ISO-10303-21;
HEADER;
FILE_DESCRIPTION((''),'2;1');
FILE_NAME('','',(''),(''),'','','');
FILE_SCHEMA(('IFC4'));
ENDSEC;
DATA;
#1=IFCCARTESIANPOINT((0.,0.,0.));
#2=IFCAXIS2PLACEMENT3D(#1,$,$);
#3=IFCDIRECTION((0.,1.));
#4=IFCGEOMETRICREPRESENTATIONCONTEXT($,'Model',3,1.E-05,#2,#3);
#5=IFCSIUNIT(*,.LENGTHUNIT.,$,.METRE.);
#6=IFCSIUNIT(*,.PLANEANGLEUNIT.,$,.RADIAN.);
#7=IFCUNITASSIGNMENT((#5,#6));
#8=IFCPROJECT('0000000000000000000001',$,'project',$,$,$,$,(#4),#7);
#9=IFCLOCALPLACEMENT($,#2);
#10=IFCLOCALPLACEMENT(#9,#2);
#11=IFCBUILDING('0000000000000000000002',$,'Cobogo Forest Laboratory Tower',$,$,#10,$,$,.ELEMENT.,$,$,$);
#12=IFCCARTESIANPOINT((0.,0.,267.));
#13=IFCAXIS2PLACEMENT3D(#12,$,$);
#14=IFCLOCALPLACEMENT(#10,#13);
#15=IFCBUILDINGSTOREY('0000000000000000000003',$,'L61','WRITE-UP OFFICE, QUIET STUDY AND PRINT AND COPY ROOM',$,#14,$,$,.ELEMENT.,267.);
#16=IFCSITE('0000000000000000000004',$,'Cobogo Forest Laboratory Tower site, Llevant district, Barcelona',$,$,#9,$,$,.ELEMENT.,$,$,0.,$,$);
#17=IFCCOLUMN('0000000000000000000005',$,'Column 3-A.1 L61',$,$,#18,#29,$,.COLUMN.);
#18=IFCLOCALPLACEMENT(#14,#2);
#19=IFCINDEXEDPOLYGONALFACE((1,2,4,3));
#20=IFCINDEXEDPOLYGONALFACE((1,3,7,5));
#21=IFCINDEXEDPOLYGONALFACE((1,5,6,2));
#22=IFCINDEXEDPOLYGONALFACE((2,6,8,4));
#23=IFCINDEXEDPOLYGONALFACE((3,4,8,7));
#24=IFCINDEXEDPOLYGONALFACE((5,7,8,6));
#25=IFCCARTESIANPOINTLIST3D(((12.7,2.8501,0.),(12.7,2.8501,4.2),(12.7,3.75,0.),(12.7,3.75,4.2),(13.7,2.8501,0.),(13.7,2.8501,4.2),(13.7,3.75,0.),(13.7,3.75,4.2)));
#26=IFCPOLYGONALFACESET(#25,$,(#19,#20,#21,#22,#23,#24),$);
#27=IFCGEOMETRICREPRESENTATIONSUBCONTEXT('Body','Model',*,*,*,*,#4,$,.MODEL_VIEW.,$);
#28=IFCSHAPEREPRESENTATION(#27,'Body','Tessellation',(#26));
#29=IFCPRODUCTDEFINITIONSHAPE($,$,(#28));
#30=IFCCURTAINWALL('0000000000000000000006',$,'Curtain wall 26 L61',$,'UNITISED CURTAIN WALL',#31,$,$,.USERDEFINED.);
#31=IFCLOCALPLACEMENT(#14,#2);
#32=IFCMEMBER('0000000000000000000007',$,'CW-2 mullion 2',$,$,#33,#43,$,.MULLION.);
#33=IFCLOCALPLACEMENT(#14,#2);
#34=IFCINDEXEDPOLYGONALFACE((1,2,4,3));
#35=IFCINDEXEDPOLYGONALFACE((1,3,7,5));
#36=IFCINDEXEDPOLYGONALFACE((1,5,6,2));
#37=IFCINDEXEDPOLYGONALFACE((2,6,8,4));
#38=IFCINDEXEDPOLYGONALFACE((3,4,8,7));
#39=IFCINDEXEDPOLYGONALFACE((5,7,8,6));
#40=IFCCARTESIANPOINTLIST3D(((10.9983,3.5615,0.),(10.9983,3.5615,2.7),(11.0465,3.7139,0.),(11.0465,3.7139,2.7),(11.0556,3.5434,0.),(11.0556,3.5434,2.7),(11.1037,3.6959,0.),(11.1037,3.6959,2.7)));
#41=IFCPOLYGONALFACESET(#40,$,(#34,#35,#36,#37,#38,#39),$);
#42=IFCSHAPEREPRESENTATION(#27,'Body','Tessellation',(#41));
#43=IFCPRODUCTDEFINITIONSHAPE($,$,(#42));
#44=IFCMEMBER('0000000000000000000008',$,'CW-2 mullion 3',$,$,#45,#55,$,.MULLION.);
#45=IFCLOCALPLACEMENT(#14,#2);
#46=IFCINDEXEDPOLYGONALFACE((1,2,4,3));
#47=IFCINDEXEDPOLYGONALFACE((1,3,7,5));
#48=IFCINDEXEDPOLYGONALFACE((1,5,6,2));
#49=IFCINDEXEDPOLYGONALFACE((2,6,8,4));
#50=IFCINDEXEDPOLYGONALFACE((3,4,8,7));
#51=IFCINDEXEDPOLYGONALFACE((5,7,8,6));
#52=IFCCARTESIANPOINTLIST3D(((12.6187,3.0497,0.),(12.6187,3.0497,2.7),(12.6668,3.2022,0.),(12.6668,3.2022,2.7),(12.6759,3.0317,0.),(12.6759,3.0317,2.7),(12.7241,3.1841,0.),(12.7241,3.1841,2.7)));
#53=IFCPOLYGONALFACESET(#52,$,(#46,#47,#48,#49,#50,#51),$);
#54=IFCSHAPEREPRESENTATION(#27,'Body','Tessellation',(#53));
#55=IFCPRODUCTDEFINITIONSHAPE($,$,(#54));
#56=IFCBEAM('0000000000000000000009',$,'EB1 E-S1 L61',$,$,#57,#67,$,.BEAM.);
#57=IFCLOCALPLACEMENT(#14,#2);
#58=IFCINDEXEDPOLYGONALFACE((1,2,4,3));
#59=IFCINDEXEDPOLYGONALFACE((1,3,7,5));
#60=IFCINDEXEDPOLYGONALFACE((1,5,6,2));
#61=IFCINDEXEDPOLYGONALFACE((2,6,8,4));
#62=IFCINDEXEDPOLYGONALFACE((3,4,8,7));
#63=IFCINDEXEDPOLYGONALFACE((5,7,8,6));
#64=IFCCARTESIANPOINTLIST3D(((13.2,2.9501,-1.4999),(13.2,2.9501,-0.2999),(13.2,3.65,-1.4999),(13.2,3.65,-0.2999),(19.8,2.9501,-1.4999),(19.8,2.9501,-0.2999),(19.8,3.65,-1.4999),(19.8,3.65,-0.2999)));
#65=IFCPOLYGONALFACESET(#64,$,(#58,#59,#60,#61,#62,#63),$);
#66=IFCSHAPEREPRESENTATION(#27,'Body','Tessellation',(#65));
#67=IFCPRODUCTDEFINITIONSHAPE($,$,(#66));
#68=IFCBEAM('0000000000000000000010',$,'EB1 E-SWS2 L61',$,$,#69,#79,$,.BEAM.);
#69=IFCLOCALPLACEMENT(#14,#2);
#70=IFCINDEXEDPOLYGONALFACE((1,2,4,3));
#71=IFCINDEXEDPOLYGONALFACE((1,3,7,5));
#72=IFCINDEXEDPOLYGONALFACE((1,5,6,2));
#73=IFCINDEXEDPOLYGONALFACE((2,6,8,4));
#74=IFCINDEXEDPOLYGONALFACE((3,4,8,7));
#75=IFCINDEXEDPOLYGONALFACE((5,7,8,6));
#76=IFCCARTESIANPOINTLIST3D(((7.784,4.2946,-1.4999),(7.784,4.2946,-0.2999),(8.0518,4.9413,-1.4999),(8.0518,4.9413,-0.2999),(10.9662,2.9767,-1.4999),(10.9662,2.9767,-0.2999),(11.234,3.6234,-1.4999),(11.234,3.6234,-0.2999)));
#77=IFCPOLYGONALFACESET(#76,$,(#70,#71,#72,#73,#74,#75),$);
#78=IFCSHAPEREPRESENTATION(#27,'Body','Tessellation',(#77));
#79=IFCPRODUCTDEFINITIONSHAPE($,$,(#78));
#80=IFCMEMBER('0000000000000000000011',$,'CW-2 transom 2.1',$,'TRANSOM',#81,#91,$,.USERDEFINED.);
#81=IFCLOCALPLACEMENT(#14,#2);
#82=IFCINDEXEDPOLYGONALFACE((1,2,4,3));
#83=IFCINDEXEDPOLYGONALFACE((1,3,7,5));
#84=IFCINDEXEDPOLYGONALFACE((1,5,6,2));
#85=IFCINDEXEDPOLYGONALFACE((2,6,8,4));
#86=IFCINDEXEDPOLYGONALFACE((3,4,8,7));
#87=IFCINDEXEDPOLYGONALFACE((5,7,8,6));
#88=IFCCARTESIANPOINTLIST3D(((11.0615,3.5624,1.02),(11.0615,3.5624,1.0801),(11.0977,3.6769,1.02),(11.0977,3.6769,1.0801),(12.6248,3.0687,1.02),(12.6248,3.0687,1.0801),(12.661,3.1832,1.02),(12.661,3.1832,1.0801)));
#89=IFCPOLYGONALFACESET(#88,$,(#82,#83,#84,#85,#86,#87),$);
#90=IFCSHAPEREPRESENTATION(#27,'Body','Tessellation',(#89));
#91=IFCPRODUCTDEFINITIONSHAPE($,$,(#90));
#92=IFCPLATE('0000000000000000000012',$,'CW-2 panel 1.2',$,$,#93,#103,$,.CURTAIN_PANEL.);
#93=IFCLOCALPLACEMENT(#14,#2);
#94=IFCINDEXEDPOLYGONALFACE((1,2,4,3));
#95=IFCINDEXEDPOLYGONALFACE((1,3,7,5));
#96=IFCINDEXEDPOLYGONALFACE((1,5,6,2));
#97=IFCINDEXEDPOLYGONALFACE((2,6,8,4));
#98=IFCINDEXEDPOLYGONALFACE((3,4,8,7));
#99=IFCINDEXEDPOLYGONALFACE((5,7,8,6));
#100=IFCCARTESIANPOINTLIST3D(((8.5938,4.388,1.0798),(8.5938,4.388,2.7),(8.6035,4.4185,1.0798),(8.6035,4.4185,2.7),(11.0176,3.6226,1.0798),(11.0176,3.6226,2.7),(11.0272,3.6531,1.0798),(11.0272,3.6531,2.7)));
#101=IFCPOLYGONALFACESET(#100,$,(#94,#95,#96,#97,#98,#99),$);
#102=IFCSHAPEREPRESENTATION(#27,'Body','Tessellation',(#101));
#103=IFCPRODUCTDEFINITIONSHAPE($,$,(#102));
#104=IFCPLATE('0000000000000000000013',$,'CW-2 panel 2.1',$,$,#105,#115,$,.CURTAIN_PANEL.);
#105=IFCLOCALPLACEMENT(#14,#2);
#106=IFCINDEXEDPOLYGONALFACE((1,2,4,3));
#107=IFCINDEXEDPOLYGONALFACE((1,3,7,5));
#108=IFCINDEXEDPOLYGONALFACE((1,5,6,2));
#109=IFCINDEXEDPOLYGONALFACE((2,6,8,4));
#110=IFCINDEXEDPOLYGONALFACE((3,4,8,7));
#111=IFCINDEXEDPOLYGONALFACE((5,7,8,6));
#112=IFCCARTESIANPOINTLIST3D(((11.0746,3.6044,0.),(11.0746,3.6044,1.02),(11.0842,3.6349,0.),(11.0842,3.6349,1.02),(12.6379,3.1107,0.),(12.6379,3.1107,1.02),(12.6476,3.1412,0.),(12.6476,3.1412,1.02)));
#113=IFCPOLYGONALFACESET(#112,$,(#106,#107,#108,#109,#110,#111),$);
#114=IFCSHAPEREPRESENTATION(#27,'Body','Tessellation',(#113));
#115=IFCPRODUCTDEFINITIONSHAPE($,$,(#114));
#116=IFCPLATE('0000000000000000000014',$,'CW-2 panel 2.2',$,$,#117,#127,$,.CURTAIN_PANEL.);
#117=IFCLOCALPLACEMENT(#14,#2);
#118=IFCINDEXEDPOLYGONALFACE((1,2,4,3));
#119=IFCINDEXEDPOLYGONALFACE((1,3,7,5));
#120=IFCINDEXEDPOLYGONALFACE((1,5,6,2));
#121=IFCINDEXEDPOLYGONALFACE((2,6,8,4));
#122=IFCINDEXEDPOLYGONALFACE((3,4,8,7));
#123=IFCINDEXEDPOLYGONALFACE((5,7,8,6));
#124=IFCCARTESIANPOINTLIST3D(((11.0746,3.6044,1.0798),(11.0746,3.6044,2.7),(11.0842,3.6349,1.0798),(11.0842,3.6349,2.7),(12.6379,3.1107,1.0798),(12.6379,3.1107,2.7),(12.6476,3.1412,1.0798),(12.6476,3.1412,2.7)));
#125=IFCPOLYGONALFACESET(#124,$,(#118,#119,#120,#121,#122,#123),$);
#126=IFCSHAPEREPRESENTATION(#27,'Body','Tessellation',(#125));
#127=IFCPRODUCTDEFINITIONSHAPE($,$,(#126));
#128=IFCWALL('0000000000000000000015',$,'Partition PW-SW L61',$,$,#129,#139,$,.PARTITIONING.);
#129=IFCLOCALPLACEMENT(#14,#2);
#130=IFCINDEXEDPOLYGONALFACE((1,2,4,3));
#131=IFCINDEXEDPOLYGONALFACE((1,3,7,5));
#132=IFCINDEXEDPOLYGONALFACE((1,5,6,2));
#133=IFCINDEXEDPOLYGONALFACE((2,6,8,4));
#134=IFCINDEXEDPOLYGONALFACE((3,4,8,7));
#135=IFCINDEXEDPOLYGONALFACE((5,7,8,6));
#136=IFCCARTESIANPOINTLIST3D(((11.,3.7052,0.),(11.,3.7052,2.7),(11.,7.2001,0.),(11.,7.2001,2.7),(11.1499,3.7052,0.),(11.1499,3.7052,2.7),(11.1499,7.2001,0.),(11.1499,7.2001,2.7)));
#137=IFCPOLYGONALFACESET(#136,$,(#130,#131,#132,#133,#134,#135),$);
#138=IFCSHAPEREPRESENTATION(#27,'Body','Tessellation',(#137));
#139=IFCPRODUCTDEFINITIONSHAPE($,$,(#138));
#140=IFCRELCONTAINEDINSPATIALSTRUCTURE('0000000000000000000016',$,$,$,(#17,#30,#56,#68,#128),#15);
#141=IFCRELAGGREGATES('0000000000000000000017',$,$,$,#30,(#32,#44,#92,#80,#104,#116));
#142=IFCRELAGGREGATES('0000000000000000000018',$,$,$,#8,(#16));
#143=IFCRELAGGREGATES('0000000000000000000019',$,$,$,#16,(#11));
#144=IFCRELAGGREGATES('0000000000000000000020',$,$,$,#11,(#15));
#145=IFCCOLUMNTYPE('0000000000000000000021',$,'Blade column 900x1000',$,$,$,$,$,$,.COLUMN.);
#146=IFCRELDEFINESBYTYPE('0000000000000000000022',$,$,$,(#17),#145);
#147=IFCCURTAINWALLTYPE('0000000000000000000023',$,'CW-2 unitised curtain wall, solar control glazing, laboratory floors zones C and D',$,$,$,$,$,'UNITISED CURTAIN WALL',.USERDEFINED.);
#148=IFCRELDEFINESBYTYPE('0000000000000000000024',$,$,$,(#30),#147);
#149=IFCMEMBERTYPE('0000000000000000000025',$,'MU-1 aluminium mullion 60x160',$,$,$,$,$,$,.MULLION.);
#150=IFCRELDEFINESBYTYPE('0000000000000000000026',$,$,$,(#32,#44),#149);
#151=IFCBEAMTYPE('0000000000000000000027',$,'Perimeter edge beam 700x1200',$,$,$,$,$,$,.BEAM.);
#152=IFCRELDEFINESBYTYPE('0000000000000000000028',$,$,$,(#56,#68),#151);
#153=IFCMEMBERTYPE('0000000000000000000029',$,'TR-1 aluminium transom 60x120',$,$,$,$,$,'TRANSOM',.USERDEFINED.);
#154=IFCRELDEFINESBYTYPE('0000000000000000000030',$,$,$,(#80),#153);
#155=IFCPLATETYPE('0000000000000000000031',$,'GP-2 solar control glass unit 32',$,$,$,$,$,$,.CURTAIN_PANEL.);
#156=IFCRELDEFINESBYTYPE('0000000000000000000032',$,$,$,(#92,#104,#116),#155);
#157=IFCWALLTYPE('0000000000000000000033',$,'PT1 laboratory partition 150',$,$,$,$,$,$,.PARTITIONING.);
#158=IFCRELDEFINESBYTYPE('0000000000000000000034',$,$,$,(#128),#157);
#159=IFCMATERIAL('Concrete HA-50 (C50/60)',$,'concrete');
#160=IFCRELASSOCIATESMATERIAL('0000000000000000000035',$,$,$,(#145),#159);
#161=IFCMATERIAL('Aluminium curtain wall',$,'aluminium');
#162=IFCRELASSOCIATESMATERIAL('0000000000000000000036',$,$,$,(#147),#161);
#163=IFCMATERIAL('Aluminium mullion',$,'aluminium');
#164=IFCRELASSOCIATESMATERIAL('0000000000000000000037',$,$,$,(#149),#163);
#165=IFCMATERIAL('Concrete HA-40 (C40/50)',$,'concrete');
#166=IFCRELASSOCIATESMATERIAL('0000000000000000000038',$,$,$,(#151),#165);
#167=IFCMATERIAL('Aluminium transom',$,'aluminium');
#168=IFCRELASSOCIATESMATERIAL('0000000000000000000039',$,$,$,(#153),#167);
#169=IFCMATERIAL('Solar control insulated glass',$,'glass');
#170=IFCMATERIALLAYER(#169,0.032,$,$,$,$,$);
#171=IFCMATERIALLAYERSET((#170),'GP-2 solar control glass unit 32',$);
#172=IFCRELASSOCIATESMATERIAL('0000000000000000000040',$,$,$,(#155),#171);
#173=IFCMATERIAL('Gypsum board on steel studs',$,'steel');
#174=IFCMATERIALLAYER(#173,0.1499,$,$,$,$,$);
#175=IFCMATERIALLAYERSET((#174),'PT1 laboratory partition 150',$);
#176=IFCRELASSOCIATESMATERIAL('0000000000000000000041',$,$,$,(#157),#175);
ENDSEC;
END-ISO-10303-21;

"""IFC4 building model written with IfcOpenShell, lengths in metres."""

from ifc_helpers import new_model, si_unit, direction, frame, frame_2d, origin, origin_2d, place, context, subcontext, project, spatial, rectangle, extrude, material, layer, layer_set, material_profile, profile_set, type_object, element, aggregate, save


model = new_model("IFC4")

# Units and contexts
model_context = context("Model", 3, precision=1e-05, world=origin(), true_north=direction((0.0, 1.0)))
body_context = subcontext(model_context, "Body", "Model", "MODEL_VIEW")
ifc_project = project(units=[si_unit("LENGTHUNIT", "METRE"), si_unit("PLANEANGLEUNIT", "RADIAN")], contexts=[model_context])

# Site, building, storey
site_placement = place(None, origin())
site = spatial("IfcSite", under=ifc_project, at=site_placement, Name="Cobogo Forest Laboratory Tower site, Llevant district, Barcelona", CompositionType="ELEMENT", RefElevation=0.0)
building_placement = place(site_placement, origin())
building = spatial("IfcBuilding", under=site, at=building_placement, Name="Cobogo Forest Laboratory Tower", CompositionType="ELEMENT")
storey_placement = place(building_placement, frame((0.0, 0.0, 267.0)))
storey = spatial("IfcBuildingStorey", under=building, at=storey_placement, Name="L61", Description="WRITE-UP OFFICE, QUIET STUDY AND PRINT AND COPY ROOM", CompositionType="ELEMENT", Elevation=267.0)

# Column
ifc_material_1 = material(Name="Concrete HA-50 (C50/60)", Category="concrete")
ifc_material_profile_1 = material_profile(ifc_material_1, rectangle(XDim=1.0, YDim=0.8999, at=origin_2d()), Name="RC 900x1000")
ifc_profile_set_1 = profile_set([ifc_material_profile_1], Name="Concrete HA-50 (C50/60)")
column_type = type_object("IfcColumnType", Name="Blade column 900x1000", PredefinedType="COLUMN", material=ifc_profile_set_1)
column_placement = place(storey_placement, frame((13.2, 3.3, 0.0), z_axis=(0.0, 0.0, 1.0), x_axis=(1.0, 0.0, 0.0)))
element("IfcColumn", 1, at=column_placement, inside=storey, type_object=column_type, Name="Column 3-A.1 L61", PredefinedType="COLUMN", context=body_context, shape_type="SweptSolid", body=[
    extrude(rectangle(XDim=1.0, YDim=0.8999, at=origin_2d()), origin(), (0.0, 0.0, 1.0), 4.2),
])

# Curtain wall, members
ifc_material_2 = material(Name="Aluminium curtain wall", Category="aluminium")
curtain_wall_type = type_object("IfcCurtainWallType", Name="CW-2 unitised curtain wall, solar control glazing, laboratory floors zones C and D", ElementType="UNITISED CURTAIN WALL", PredefinedType="USERDEFINED", material=ifc_material_2)
curtain_wall_placement = place(storey_placement, origin())
curtain_wall = element("IfcCurtainWall", 2, at=curtain_wall_placement, inside=storey, type_object=curtain_wall_type, Name="Curtain wall 26 L61", ObjectType="UNITISED CURTAIN WALL", PredefinedType="USERDEFINED")
ifc_material_3 = material(Name="Aluminium mullion", Category="aluminium")
ifc_material_profile_2 = material_profile(ifc_material_3, rectangle(XDim=0.0601, YDim=0.1599, at=origin_2d()), Name="AL 60x160")
ifc_profile_set_2 = profile_set([ifc_material_profile_2], Name="Aluminium mullion")
member_type_1 = type_object("IfcMemberType", Name="MU-1 aluminium mullion 60x160", PredefinedType="MULLION", material=ifc_profile_set_2)
member_1_placement = place(storey_placement, frame((11.051, 3.6287, 0.0), z_axis=(0.0, 0.0, 1.0), x_axis=(0.953581, -0.301135, 0.0)))
member_1 = element("IfcMember", 3, at=member_1_placement, type_object=member_type_1, Name="CW-2 mullion 2", PredefinedType="MULLION", context=body_context, shape_type="SweptSolid", body=[
    extrude(rectangle(XDim=0.0601, YDim=0.1599, at=origin_2d()), origin(), (0.0, 0.0, 1.0), 2.7),
])
member_2_placement = place(storey_placement, frame((12.6714, 3.1169, 0.0), z_axis=(0.0, 0.0, 1.0), x_axis=(0.953581, -0.301135, 0.0)))
member_2 = element("IfcMember", 4, at=member_2_placement, type_object=member_type_1, Name="CW-2 mullion 3", PredefinedType="MULLION", context=body_context, shape_type="SweptSolid", body=[
    extrude(rectangle(XDim=0.0601, YDim=0.1599, at=origin_2d()), origin(), (0.0, 0.0, 1.0), 2.7),
])

# Beams
ifc_material_4 = material(Name="Concrete HA-40 (C40/50)", Category="concrete")
ifc_material_profile_3 = material_profile(ifc_material_4, rectangle(XDim=0.7, YDim=1.2, at=origin_2d()), Name="RC 700x1200")
ifc_profile_set_3 = profile_set([ifc_material_profile_3], Name="Concrete HA-40 (C40/50)")
beam_type = type_object("IfcBeamType", Name="Perimeter edge beam 700x1200", PredefinedType="BEAM", material=ifc_profile_set_3)
beam_1_placement = place(storey_placement, frame((13.2, 3.3, -0.8999), z_axis=(1.0, 0.0, 0.0), x_axis=(0.0, 1.0, 0.0)))
element("IfcBeam", 5, at=beam_1_placement, inside=storey, type_object=beam_type, Name="EB1 E-S1 L61", PredefinedType="BEAM", context=body_context, shape_type="SweptSolid", body=[
    extrude(rectangle(XDim=0.7, YDim=1.2, at=origin_2d()), origin(), (0.0, 0.0, 1.0), 6.6001),
])
beam_2_placement = place(storey_placement, frame((11.1001, 3.3, -0.8999), z_axis=(-0.923901, 0.382631, 0.0), x_axis=(-0.382631, -0.923901, 0.0)))
element("IfcBeam", 6, at=beam_2_placement, inside=storey, type_object=beam_type, Name="EB1 E-SWS2 L61", PredefinedType="BEAM", context=body_context, shape_type="SweptSolid", body=[
    extrude(rectangle(XDim=0.7, YDim=1.2, at=origin_2d()), origin(), (0.0, 0.0, 1.0), 3.4443),
])

# Member
ifc_material_5 = material(Name="Aluminium transom", Category="aluminium")
ifc_material_profile_4 = material_profile(ifc_material_5, rectangle(XDim=0.1201, YDim=0.0601, at=origin_2d()), Name="AL 60x120")
ifc_profile_set_4 = profile_set([ifc_material_profile_4], Name="Aluminium transom")
member_type_2 = type_object("IfcMemberType", Name="TR-1 aluminium transom 60x120", ElementType="TRANSOM", PredefinedType="USERDEFINED", material=ifc_profile_set_4)
member_3_placement = place(storey_placement, frame((11.0796, 3.6196, 1.05), z_axis=(0.953583, -0.301131, 0.0), x_axis=(0.301131, 0.953583, 0.0)))
member_3 = element("IfcMember", 7, at=member_3_placement, type_object=member_type_2, Name="CW-2 transom 2.1", ObjectType="TRANSOM", PredefinedType="USERDEFINED", context=body_context, shape_type="SweptSolid", body=[
    extrude(rectangle(XDim=0.1201, YDim=0.0601, at=origin_2d()), origin(), (0.0, 0.0, 1.0), 1.6394),
])

# Plates
ifc_material_6 = material(Name="Solar control insulated glass", Category="glass")
ifc_layer_1 = layer(ifc_material_6, 0.032)
ifc_layer_set_1 = layer_set([ifc_layer_1], Name="GP-2 solar control glass unit 32")
plate_type = type_object("IfcPlateType", Name="GP-2 solar control glass unit 32", PredefinedType="CURTAIN_PANEL", material=ifc_layer_set_1)
plate_1_placement = place(storey_placement, frame((9.8105, 4.0205, 1.0798), z_axis=(0.0, 0.0, 1.0), x_axis=(0.953581, -0.301135, 0.0)))
plate_1 = element("IfcPlate", 8, at=plate_1_placement, type_object=plate_type, Name="CW-2 panel 1.2", PredefinedType="CURTAIN_PANEL", context=body_context, shape_type="SweptSolid", body=[
    extrude(rectangle(XDim=2.5417, YDim=0.032, at=origin_2d()), origin(), (0.0, 0.0, 1.0), 1.6201),
])
plate_2_placement = place(storey_placement, frame((11.8611, 3.3728, 0.0), z_axis=(0.0, 0.0, 1.0), x_axis=(0.953581, -0.301135, 0.0)))
plate_2 = element("IfcPlate", 9, at=plate_2_placement, type_object=plate_type, Name="CW-2 panel 2.1", PredefinedType="CURTAIN_PANEL", context=body_context, shape_type="SweptSolid", body=[
    extrude(rectangle(XDim=1.6394, YDim=0.032, at=origin_2d()), origin(), (0.0, 0.0, 1.0), 1.02),
])
plate_3_placement = place(storey_placement, frame((11.8611, 3.3728, 1.0798), z_axis=(0.0, 0.0, 1.0), x_axis=(0.953581, -0.301135, 0.0)))
plate_3 = element("IfcPlate", 10, at=plate_3_placement, type_object=plate_type, Name="CW-2 panel 2.2", PredefinedType="CURTAIN_PANEL", context=body_context, shape_type="SweptSolid", body=[
    extrude(rectangle(XDim=1.6394, YDim=0.032, at=origin_2d()), origin(), (0.0, 0.0, 1.0), 1.6201),
])
aggregate(curtain_wall, [member_1, member_2, plate_1, member_3, plate_2, plate_3])

# Wall
ifc_material_7 = material(Name="Gypsum board on steel studs", Category="steel")
ifc_layer_2 = layer(ifc_material_7, 0.1499)
ifc_layer_set_2 = layer_set([ifc_layer_2], Name="PT1 laboratory partition 150")
wall_type_1 = type_object("IfcWallType", Name="PT1 laboratory partition 150", PredefinedType="PARTITIONING", material=ifc_layer_set_2)
wall_1_placement = place(storey_placement, frame((11.075, 3.7051, 0.0), z_axis=(0.0, 0.0, 1.0), x_axis=(0.0, 1.0, 0.0)))
element("IfcWall", 11, at=wall_1_placement, inside=storey, type_object=wall_type_1, Name="Partition PW-SW L61", PredefinedType="PARTITIONING", context=body_context, shape_type="SweptSolid", body=[
    extrude(rectangle(XDim=3.4949, YDim=0.1499, at=frame_2d((1.7476, 0.0))), origin(), (0.0, 0.0, 1.0), 2.7),
])

save(model, "model.ifc")
